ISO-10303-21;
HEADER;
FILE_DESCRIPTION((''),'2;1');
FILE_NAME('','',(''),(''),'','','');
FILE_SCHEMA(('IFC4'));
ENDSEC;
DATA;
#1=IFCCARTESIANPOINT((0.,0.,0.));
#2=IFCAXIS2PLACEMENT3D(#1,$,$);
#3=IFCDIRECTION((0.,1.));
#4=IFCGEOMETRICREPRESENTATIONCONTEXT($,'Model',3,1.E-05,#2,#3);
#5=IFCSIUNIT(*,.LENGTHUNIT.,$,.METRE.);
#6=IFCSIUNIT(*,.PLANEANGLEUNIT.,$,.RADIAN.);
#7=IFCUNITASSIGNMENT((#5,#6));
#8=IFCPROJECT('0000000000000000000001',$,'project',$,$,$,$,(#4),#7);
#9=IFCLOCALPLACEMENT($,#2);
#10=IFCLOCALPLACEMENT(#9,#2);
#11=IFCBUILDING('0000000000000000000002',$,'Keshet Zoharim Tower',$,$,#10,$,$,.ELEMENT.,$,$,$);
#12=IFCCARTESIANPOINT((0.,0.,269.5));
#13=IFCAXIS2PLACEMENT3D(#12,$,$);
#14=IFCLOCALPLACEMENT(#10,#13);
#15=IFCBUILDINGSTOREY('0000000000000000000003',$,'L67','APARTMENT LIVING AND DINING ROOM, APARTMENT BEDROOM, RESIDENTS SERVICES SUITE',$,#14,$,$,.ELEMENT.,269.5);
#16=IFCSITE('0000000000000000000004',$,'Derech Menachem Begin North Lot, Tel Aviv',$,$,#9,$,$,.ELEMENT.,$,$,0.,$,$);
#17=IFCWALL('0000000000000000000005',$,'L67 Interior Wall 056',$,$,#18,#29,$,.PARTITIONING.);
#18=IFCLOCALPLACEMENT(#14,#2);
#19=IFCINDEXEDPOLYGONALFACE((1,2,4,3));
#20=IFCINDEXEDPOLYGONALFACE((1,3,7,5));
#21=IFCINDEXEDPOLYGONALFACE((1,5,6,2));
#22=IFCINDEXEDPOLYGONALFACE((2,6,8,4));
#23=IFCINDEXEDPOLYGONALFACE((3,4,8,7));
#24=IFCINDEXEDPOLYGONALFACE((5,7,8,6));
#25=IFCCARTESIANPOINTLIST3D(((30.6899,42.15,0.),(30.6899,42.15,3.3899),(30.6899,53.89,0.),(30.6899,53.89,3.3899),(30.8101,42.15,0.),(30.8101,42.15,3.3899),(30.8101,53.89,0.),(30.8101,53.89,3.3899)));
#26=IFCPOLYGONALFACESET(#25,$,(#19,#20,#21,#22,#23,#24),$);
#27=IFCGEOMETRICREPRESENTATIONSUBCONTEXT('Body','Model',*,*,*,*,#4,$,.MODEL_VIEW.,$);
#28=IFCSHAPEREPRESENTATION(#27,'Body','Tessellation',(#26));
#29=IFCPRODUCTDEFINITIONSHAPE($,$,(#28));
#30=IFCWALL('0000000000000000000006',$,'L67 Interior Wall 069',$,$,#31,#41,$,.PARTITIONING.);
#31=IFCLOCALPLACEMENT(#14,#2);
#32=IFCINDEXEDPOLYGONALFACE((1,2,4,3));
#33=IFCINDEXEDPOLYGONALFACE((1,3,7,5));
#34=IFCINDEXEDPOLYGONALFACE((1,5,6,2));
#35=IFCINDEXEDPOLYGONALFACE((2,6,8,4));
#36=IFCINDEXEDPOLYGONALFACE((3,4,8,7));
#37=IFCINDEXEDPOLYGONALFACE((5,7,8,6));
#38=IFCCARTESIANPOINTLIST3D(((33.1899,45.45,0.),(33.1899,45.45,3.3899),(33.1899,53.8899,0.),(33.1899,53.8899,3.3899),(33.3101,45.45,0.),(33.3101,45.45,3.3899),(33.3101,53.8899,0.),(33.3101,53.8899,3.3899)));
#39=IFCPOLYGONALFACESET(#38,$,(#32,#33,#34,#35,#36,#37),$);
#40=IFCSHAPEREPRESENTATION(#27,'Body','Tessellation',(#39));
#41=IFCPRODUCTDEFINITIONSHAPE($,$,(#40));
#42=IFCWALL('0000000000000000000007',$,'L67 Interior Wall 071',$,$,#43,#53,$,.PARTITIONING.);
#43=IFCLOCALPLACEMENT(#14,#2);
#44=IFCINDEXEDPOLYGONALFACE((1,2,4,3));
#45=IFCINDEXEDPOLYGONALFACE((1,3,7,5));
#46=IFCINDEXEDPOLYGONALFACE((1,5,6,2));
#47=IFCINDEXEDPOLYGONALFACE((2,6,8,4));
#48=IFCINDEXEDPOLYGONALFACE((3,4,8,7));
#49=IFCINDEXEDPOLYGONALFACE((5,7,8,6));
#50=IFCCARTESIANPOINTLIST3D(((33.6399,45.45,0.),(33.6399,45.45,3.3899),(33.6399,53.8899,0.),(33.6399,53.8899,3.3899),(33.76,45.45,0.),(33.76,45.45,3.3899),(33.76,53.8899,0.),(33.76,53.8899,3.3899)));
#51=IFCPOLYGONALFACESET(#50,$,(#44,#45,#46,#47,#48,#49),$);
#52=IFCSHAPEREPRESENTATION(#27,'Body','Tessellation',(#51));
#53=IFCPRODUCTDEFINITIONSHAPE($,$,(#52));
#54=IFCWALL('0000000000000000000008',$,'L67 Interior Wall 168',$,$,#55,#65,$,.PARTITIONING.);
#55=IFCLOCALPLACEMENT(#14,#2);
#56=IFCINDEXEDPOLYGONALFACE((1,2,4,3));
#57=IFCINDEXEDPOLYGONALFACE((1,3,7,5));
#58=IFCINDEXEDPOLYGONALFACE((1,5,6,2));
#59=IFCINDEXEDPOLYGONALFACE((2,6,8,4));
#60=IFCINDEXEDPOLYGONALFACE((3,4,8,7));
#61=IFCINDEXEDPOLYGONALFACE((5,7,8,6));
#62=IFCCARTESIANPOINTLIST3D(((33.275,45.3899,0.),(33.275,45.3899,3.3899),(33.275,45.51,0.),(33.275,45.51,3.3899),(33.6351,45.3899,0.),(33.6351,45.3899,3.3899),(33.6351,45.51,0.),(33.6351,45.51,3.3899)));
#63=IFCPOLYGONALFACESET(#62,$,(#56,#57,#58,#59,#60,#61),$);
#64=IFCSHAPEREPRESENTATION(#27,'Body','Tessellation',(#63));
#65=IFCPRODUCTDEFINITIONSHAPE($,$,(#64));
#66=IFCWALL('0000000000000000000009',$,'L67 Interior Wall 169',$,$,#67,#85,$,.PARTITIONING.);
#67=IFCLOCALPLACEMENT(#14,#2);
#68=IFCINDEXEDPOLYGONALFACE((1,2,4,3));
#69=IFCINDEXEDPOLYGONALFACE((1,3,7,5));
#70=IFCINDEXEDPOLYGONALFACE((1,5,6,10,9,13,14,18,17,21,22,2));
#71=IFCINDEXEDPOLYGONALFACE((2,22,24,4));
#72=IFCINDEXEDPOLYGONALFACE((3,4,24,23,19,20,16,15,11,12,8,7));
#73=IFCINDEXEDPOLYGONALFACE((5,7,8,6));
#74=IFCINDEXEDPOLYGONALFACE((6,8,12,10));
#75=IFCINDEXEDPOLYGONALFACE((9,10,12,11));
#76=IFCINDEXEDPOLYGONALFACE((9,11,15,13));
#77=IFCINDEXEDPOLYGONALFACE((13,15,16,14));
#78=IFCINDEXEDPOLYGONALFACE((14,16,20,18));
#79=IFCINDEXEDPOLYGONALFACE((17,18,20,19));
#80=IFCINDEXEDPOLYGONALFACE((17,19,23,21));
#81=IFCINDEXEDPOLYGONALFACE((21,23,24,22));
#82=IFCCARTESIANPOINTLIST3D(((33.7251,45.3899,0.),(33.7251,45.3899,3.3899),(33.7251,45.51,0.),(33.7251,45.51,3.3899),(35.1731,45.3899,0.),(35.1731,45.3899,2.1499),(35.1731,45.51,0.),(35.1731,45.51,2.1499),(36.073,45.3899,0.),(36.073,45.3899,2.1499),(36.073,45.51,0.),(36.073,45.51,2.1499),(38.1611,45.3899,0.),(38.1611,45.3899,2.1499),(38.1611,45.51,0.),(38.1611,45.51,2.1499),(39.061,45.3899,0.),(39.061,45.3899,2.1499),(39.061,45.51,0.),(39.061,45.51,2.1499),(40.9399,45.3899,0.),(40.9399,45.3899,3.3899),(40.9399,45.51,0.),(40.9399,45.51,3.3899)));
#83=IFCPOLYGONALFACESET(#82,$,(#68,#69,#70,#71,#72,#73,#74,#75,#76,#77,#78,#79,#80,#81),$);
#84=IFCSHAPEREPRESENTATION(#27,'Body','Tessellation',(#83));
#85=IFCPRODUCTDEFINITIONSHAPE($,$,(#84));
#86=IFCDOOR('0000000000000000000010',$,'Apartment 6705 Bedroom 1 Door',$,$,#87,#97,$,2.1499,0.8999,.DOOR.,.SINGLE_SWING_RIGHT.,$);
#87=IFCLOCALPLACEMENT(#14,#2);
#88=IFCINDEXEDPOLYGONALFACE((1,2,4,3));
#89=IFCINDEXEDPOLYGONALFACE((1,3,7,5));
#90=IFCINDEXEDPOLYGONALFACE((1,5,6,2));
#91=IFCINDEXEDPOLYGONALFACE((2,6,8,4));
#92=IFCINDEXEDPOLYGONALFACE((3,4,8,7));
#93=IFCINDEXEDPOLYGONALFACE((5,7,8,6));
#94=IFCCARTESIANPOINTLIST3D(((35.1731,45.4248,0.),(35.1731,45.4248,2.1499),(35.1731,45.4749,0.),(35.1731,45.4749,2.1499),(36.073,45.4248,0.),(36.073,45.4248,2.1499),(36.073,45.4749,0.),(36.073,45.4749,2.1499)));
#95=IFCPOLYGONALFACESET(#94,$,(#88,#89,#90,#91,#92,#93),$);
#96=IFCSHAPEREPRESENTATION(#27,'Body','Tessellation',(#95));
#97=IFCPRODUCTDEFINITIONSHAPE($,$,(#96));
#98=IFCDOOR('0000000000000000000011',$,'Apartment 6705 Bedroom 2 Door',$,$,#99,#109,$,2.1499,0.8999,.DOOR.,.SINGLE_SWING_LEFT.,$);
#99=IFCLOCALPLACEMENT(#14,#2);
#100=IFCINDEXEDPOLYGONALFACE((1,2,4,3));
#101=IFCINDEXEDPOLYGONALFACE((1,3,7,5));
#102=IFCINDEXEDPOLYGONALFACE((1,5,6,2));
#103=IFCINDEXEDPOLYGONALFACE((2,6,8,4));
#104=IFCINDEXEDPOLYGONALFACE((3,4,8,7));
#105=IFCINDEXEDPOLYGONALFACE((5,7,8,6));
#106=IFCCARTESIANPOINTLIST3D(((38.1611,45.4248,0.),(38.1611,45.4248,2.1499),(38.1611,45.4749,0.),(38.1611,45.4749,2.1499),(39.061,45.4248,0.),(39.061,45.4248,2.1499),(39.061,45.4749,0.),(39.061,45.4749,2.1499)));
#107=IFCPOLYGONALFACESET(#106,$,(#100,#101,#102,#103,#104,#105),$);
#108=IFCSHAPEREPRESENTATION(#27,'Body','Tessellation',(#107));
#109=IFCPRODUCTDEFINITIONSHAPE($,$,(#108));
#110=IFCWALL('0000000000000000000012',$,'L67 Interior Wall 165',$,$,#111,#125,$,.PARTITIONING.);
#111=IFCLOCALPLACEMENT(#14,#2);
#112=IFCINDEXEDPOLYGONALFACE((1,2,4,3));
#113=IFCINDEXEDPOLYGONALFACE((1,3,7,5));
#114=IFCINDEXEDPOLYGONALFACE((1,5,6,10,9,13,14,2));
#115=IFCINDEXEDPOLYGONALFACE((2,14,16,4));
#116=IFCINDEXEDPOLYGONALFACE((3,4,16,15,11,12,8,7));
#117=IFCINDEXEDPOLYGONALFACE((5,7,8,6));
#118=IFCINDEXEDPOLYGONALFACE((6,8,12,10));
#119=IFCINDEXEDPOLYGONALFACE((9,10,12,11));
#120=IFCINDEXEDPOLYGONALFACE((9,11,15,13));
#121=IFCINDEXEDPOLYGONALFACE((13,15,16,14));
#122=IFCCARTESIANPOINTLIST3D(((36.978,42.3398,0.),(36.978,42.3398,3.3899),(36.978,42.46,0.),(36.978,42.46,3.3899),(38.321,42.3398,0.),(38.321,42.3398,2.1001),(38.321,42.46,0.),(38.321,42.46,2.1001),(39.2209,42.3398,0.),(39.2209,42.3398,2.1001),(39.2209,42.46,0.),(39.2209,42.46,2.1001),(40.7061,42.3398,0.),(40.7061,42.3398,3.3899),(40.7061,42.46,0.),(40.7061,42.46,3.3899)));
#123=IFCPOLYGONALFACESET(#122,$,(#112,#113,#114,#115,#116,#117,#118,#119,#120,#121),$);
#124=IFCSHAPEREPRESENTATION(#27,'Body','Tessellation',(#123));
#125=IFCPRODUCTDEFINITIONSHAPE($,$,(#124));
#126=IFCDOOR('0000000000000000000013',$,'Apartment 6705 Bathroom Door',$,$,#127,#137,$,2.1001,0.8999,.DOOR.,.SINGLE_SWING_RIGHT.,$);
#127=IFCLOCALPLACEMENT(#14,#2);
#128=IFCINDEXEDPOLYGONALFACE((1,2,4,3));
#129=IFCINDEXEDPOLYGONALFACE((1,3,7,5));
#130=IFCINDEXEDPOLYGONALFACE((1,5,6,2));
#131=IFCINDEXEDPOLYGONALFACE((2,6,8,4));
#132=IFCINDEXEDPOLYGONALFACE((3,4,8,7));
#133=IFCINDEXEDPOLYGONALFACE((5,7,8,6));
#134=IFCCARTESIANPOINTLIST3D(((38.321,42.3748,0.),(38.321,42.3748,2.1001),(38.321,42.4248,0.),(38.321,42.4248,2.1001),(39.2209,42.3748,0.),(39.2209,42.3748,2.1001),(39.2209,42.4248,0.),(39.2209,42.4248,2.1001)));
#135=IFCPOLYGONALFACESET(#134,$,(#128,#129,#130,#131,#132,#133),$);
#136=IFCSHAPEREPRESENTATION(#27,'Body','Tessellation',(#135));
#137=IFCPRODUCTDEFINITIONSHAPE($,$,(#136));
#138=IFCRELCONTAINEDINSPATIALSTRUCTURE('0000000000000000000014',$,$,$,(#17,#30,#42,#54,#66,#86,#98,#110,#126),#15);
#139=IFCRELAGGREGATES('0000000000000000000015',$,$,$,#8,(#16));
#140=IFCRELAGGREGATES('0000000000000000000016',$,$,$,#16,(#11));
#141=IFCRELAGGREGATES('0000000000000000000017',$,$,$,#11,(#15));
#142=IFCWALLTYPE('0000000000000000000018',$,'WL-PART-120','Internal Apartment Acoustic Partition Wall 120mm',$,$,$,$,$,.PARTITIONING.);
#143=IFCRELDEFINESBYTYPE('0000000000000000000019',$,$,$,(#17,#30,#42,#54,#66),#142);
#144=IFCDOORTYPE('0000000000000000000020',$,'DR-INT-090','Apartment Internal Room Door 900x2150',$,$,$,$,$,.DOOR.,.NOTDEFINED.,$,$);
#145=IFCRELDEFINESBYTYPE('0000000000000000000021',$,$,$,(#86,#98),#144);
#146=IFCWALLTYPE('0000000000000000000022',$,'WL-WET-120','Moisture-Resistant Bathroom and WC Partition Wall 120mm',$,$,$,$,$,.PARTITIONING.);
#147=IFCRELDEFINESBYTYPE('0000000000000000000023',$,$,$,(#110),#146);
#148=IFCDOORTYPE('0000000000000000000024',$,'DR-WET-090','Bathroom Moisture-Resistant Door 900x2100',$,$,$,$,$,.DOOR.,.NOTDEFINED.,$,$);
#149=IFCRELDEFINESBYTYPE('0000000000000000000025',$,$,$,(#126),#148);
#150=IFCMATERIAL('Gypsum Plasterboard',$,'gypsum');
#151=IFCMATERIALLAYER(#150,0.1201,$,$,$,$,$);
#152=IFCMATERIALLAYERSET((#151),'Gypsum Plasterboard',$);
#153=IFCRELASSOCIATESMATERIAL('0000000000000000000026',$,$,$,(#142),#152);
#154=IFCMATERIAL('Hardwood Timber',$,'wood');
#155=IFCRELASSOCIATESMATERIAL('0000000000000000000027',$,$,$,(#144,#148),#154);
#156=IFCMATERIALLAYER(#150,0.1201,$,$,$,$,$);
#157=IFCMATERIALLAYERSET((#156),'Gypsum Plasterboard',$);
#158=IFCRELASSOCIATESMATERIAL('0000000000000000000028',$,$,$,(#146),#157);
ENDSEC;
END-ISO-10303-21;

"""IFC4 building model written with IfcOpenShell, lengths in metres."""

from ifc_helpers import new_model, si_unit, direction, frame, frame_2d, origin, place, context, subcontext, project, spatial, rectangle, extrude, material, layer, layer_set, type_object, element, fill, save


model = new_model("IFC4")

# Units and contexts
model_context = context("Model", 3, precision=1e-05, world=origin(), true_north=direction((0.0, 1.0)))
body_context = subcontext(model_context, "Body", "Model", "MODEL_VIEW")
ifc_project = project(units=[si_unit("LENGTHUNIT", "METRE"), si_unit("PLANEANGLEUNIT", "RADIAN")], contexts=[model_context])

# Site, building, storey
site_placement = place(None, origin())
site = spatial("IfcSite", under=ifc_project, at=site_placement, Name="Derech Menachem Begin North Lot, Tel Aviv", CompositionType="ELEMENT", RefElevation=0.0)
building_placement = place(site_placement, origin())
building = spatial("IfcBuilding", under=site, at=building_placement, Name="Keshet Zoharim Tower", CompositionType="ELEMENT")
storey_placement = place(building_placement, frame((0.0, 0.0, 269.5)))
storey = spatial("IfcBuildingStorey", under=building, at=storey_placement, Name="L67", Description="APARTMENT LIVING AND DINING ROOM, APARTMENT BEDROOM, RESIDENTS SERVICES SUITE", CompositionType="ELEMENT", Elevation=269.5)

# Walls
ifc_material_1 = material(Name="Gypsum Plasterboard", Category="gypsum")
ifc_layer_1 = layer(ifc_material_1, 0.1201)
ifc_layer_set_1 = layer_set([ifc_layer_1], Name="Gypsum Plasterboard")
wall_type_1 = type_object("IfcWallType", Name="WL-PART-120", Description="Internal Apartment Acoustic Partition Wall 120mm", PredefinedType="PARTITIONING", material=ifc_layer_set_1)
for number, where, z_axis, x_axis, name in (
    (1, (30.75, 42.1499, 0.0), (0.0, 0.0, 1.0), (0.0, 1.0, 0.0), "L67 Interior Wall 056"),
):
    element("IfcWall", number, at=place(storey_placement, frame(where, z_axis=z_axis, x_axis=x_axis)), inside=storey, type_object=wall_type_1, Name=name, PredefinedType="PARTITIONING", context=body_context, shape_type="SweptSolid", body=[
        extrude(rectangle(XDim=11.74, YDim=0.1201, at=frame_2d((5.8701, 0.0))), origin(), (0.0, 0.0, 1.0), 3.3899),
    ])
for number, where, z_axis, x_axis, name in (
    (2, (33.25, 45.45, 0.0), (0.0, 0.0, 1.0), (0.0, 1.0, 0.0), "L67 Interior Wall 069"),
    (3, (33.7, 45.45, 0.0), (0.0, 0.0, 1.0), (0.0, 1.0, 0.0), "L67 Interior Wall 071"),
):
    element("IfcWall", number, at=place(storey_placement, frame(where, z_axis=z_axis, x_axis=x_axis)), inside=storey, type_object=wall_type_1, Name=name, PredefinedType="PARTITIONING", context=body_context, shape_type="SweptSolid", body=[
        extrude(rectangle(XDim=8.4399, YDim=0.1201, at=frame_2d((4.22, 0.0))), origin(), (0.0, 0.0, 1.0), 3.3899),
    ])

# Shared definitions
ifc_material_2 = material(Name="Hardwood Timber", Category="wood")
door_type_1 = type_object("IfcDoorType", Name="DR-INT-090", Description="Apartment Internal Room Door 900x2150", OperationType="NOTDEFINED", PredefinedType="DOOR", material=ifc_material_2)

# Wall
wall_1_placement = place(storey_placement, frame((33.2749, 45.45, 0.0), z_axis=(0.0, 0.0, 1.0), x_axis=(1.0, 0.0, 0.0)))
element("IfcWall", 4, at=wall_1_placement, inside=storey, type_object=wall_type_1, Name="L67 Interior Wall 168", PredefinedType="PARTITIONING", context=body_context, shape_type="SweptSolid", body=[
    extrude(rectangle(XDim=0.3601, YDim=0.1201, at=frame_2d((0.1802, 0.0))), origin(), (0.0, 0.0, 1.0), 3.3899),
])

# Wall, openings, doors
wall_2_placement = place(storey_placement, frame((33.7251, 45.45, 0.0), z_axis=(0.0, 0.0, 1.0), x_axis=(1.0, 0.0, 0.0)))
wall_2 = element("IfcWall", 5, at=wall_2_placement, inside=storey, type_object=wall_type_1, Name="L67 Interior Wall 169", PredefinedType="PARTITIONING", context=body_context, shape_type="SweptSolid", body=[
    extrude(rectangle(XDim=7.2148, YDim=0.1201, at=frame_2d((3.6074, 0.0))), origin(), (0.0, 0.0, 1.0), 3.3899),
])
opening_1_placement = place(wall_2_placement, frame((1.448, 0.0, 0.0)))
opening_1 = element("IfcOpeningElement", 6, at=opening_1_placement, cuts=wall_2, PredefinedType="OPENING", context=body_context, shape_type="SweptSolid", body=[
    extrude(rectangle(XDim=0.8999, YDim=2.1499, at=frame_2d((0.45, 1.075))), frame((0.0, 0.0701, 0.0), z_axis=(0.0, -1.0, 0.0), x_axis=(1.0, 0.0, 0.0)), (0.0, 0.0, 1.0), 0.1401),
])
opening_2_placement = place(wall_2_placement, frame((4.436, 0.0, 0.0)))
opening_2 = element("IfcOpeningElement", 7, at=opening_2_placement, cuts=wall_2, PredefinedType="OPENING", context=body_context, shape_type="SweptSolid", body=[
    extrude(rectangle(XDim=0.8999, YDim=2.1499, at=frame_2d((0.45, 1.075))), frame((0.0, 0.0701, 0.0), z_axis=(0.0, -1.0, 0.0), x_axis=(1.0, 0.0, 0.0)), (0.0, 0.0, 1.0), 0.1401),
])
door_1_placement = place(opening_1_placement, origin())
door_1 = element("IfcDoor", 8, at=door_1_placement, inside=storey, type_object=door_type_1, Name="Apartment 6705 Bedroom 1 Door", OperationType="SINGLE_SWING_RIGHT", OverallHeight=2.1499, OverallWidth=0.8999, PredefinedType="DOOR", context=body_context, shape_type="SweptSolid", body=[
    extrude(rectangle(XDim=0.8999, YDim=2.1499, at=frame_2d((0.45, 1.075))), frame((0.0, 0.0249, 0.0), z_axis=(0.0, -1.0, 0.0), x_axis=(1.0, 0.0, 0.0)), (0.0, 0.0, 1.0), 0.05),
])
fill(opening_1, door_1)
door_2_placement = place(opening_2_placement, origin())
door_2 = element("IfcDoor", 9, at=door_2_placement, inside=storey, type_object=door_type_1, Name="Apartment 6705 Bedroom 2 Door", OperationType="SINGLE_SWING_LEFT", OverallHeight=2.1499, OverallWidth=0.8999, PredefinedType="DOOR", context=body_context, shape_type="SweptSolid", body=[
    extrude(rectangle(XDim=0.8999, YDim=2.1499, at=frame_2d((0.45, 1.075))), frame((0.0, 0.0249, 0.0), z_axis=(0.0, -1.0, 0.0), x_axis=(1.0, 0.0, 0.0)), (0.0, 0.0, 1.0), 0.05),
])
fill(opening_2, door_2)

# Wall, opening, door
ifc_layer_2 = layer(ifc_material_1, 0.1201)
ifc_layer_set_2 = layer_set([ifc_layer_2], Name="Gypsum Plasterboard")
wall_type_2 = type_object("IfcWallType", Name="WL-WET-120", Description="Moisture-Resistant Bathroom and WC Partition Wall 120mm", PredefinedType="PARTITIONING", material=ifc_layer_set_2)
wall_3_placement = place(storey_placement, frame((36.978, 42.3999, 0.0), z_axis=(0.0, 0.0, 1.0), x_axis=(1.0, 0.0, 0.0)))
wall_3 = element("IfcWall", 10, at=wall_3_placement, inside=storey, type_object=wall_type_2, Name="L67 Interior Wall 165", PredefinedType="PARTITIONING", context=body_context, shape_type="SweptSolid", body=[
    extrude(rectangle(XDim=3.728, YDim=0.1201, at=frame_2d((1.864, 0.0))), origin(), (0.0, 0.0, 1.0), 3.3899),
])
opening_3_placement = place(wall_3_placement, frame((1.343, 0.0, 0.0)))
opening_3 = element("IfcOpeningElement", 11, at=opening_3_placement, cuts=wall_3, PredefinedType="OPENING", context=body_context, shape_type="SweptSolid", body=[
    extrude(rectangle(XDim=0.8999, YDim=2.1001, at=frame_2d((0.45, 1.05))), frame((0.0, 0.0701, 0.0), z_axis=(0.0, -1.0, 0.0), x_axis=(1.0, 0.0, 0.0)), (0.0, 0.0, 1.0), 0.1401),
])
door_type_2 = type_object("IfcDoorType", Name="DR-WET-090", Description="Bathroom Moisture-Resistant Door 900x2100", OperationType="NOTDEFINED", PredefinedType="DOOR", material=ifc_material_2)
door_3_placement = place(opening_3_placement, origin())
door_3 = element("IfcDoor", 12, at=door_3_placement, inside=storey, type_object=door_type_2, Name="Apartment 6705 Bathroom Door", OperationType="SINGLE_SWING_RIGHT", OverallHeight=2.1001, OverallWidth=0.8999, PredefinedType="DOOR", context=body_context, shape_type="SweptSolid", body=[
    extrude(rectangle(XDim=0.8999, YDim=2.1001, at=frame_2d((0.45, 1.05))), frame((0.0, 0.0249, 0.0), z_axis=(0.0, -1.0, 0.0), x_axis=(1.0, 0.0, 0.0)), (0.0, 0.0, 1.0), 0.05),
])
fill(opening_3, door_3)

save(model, "model.ifc")
